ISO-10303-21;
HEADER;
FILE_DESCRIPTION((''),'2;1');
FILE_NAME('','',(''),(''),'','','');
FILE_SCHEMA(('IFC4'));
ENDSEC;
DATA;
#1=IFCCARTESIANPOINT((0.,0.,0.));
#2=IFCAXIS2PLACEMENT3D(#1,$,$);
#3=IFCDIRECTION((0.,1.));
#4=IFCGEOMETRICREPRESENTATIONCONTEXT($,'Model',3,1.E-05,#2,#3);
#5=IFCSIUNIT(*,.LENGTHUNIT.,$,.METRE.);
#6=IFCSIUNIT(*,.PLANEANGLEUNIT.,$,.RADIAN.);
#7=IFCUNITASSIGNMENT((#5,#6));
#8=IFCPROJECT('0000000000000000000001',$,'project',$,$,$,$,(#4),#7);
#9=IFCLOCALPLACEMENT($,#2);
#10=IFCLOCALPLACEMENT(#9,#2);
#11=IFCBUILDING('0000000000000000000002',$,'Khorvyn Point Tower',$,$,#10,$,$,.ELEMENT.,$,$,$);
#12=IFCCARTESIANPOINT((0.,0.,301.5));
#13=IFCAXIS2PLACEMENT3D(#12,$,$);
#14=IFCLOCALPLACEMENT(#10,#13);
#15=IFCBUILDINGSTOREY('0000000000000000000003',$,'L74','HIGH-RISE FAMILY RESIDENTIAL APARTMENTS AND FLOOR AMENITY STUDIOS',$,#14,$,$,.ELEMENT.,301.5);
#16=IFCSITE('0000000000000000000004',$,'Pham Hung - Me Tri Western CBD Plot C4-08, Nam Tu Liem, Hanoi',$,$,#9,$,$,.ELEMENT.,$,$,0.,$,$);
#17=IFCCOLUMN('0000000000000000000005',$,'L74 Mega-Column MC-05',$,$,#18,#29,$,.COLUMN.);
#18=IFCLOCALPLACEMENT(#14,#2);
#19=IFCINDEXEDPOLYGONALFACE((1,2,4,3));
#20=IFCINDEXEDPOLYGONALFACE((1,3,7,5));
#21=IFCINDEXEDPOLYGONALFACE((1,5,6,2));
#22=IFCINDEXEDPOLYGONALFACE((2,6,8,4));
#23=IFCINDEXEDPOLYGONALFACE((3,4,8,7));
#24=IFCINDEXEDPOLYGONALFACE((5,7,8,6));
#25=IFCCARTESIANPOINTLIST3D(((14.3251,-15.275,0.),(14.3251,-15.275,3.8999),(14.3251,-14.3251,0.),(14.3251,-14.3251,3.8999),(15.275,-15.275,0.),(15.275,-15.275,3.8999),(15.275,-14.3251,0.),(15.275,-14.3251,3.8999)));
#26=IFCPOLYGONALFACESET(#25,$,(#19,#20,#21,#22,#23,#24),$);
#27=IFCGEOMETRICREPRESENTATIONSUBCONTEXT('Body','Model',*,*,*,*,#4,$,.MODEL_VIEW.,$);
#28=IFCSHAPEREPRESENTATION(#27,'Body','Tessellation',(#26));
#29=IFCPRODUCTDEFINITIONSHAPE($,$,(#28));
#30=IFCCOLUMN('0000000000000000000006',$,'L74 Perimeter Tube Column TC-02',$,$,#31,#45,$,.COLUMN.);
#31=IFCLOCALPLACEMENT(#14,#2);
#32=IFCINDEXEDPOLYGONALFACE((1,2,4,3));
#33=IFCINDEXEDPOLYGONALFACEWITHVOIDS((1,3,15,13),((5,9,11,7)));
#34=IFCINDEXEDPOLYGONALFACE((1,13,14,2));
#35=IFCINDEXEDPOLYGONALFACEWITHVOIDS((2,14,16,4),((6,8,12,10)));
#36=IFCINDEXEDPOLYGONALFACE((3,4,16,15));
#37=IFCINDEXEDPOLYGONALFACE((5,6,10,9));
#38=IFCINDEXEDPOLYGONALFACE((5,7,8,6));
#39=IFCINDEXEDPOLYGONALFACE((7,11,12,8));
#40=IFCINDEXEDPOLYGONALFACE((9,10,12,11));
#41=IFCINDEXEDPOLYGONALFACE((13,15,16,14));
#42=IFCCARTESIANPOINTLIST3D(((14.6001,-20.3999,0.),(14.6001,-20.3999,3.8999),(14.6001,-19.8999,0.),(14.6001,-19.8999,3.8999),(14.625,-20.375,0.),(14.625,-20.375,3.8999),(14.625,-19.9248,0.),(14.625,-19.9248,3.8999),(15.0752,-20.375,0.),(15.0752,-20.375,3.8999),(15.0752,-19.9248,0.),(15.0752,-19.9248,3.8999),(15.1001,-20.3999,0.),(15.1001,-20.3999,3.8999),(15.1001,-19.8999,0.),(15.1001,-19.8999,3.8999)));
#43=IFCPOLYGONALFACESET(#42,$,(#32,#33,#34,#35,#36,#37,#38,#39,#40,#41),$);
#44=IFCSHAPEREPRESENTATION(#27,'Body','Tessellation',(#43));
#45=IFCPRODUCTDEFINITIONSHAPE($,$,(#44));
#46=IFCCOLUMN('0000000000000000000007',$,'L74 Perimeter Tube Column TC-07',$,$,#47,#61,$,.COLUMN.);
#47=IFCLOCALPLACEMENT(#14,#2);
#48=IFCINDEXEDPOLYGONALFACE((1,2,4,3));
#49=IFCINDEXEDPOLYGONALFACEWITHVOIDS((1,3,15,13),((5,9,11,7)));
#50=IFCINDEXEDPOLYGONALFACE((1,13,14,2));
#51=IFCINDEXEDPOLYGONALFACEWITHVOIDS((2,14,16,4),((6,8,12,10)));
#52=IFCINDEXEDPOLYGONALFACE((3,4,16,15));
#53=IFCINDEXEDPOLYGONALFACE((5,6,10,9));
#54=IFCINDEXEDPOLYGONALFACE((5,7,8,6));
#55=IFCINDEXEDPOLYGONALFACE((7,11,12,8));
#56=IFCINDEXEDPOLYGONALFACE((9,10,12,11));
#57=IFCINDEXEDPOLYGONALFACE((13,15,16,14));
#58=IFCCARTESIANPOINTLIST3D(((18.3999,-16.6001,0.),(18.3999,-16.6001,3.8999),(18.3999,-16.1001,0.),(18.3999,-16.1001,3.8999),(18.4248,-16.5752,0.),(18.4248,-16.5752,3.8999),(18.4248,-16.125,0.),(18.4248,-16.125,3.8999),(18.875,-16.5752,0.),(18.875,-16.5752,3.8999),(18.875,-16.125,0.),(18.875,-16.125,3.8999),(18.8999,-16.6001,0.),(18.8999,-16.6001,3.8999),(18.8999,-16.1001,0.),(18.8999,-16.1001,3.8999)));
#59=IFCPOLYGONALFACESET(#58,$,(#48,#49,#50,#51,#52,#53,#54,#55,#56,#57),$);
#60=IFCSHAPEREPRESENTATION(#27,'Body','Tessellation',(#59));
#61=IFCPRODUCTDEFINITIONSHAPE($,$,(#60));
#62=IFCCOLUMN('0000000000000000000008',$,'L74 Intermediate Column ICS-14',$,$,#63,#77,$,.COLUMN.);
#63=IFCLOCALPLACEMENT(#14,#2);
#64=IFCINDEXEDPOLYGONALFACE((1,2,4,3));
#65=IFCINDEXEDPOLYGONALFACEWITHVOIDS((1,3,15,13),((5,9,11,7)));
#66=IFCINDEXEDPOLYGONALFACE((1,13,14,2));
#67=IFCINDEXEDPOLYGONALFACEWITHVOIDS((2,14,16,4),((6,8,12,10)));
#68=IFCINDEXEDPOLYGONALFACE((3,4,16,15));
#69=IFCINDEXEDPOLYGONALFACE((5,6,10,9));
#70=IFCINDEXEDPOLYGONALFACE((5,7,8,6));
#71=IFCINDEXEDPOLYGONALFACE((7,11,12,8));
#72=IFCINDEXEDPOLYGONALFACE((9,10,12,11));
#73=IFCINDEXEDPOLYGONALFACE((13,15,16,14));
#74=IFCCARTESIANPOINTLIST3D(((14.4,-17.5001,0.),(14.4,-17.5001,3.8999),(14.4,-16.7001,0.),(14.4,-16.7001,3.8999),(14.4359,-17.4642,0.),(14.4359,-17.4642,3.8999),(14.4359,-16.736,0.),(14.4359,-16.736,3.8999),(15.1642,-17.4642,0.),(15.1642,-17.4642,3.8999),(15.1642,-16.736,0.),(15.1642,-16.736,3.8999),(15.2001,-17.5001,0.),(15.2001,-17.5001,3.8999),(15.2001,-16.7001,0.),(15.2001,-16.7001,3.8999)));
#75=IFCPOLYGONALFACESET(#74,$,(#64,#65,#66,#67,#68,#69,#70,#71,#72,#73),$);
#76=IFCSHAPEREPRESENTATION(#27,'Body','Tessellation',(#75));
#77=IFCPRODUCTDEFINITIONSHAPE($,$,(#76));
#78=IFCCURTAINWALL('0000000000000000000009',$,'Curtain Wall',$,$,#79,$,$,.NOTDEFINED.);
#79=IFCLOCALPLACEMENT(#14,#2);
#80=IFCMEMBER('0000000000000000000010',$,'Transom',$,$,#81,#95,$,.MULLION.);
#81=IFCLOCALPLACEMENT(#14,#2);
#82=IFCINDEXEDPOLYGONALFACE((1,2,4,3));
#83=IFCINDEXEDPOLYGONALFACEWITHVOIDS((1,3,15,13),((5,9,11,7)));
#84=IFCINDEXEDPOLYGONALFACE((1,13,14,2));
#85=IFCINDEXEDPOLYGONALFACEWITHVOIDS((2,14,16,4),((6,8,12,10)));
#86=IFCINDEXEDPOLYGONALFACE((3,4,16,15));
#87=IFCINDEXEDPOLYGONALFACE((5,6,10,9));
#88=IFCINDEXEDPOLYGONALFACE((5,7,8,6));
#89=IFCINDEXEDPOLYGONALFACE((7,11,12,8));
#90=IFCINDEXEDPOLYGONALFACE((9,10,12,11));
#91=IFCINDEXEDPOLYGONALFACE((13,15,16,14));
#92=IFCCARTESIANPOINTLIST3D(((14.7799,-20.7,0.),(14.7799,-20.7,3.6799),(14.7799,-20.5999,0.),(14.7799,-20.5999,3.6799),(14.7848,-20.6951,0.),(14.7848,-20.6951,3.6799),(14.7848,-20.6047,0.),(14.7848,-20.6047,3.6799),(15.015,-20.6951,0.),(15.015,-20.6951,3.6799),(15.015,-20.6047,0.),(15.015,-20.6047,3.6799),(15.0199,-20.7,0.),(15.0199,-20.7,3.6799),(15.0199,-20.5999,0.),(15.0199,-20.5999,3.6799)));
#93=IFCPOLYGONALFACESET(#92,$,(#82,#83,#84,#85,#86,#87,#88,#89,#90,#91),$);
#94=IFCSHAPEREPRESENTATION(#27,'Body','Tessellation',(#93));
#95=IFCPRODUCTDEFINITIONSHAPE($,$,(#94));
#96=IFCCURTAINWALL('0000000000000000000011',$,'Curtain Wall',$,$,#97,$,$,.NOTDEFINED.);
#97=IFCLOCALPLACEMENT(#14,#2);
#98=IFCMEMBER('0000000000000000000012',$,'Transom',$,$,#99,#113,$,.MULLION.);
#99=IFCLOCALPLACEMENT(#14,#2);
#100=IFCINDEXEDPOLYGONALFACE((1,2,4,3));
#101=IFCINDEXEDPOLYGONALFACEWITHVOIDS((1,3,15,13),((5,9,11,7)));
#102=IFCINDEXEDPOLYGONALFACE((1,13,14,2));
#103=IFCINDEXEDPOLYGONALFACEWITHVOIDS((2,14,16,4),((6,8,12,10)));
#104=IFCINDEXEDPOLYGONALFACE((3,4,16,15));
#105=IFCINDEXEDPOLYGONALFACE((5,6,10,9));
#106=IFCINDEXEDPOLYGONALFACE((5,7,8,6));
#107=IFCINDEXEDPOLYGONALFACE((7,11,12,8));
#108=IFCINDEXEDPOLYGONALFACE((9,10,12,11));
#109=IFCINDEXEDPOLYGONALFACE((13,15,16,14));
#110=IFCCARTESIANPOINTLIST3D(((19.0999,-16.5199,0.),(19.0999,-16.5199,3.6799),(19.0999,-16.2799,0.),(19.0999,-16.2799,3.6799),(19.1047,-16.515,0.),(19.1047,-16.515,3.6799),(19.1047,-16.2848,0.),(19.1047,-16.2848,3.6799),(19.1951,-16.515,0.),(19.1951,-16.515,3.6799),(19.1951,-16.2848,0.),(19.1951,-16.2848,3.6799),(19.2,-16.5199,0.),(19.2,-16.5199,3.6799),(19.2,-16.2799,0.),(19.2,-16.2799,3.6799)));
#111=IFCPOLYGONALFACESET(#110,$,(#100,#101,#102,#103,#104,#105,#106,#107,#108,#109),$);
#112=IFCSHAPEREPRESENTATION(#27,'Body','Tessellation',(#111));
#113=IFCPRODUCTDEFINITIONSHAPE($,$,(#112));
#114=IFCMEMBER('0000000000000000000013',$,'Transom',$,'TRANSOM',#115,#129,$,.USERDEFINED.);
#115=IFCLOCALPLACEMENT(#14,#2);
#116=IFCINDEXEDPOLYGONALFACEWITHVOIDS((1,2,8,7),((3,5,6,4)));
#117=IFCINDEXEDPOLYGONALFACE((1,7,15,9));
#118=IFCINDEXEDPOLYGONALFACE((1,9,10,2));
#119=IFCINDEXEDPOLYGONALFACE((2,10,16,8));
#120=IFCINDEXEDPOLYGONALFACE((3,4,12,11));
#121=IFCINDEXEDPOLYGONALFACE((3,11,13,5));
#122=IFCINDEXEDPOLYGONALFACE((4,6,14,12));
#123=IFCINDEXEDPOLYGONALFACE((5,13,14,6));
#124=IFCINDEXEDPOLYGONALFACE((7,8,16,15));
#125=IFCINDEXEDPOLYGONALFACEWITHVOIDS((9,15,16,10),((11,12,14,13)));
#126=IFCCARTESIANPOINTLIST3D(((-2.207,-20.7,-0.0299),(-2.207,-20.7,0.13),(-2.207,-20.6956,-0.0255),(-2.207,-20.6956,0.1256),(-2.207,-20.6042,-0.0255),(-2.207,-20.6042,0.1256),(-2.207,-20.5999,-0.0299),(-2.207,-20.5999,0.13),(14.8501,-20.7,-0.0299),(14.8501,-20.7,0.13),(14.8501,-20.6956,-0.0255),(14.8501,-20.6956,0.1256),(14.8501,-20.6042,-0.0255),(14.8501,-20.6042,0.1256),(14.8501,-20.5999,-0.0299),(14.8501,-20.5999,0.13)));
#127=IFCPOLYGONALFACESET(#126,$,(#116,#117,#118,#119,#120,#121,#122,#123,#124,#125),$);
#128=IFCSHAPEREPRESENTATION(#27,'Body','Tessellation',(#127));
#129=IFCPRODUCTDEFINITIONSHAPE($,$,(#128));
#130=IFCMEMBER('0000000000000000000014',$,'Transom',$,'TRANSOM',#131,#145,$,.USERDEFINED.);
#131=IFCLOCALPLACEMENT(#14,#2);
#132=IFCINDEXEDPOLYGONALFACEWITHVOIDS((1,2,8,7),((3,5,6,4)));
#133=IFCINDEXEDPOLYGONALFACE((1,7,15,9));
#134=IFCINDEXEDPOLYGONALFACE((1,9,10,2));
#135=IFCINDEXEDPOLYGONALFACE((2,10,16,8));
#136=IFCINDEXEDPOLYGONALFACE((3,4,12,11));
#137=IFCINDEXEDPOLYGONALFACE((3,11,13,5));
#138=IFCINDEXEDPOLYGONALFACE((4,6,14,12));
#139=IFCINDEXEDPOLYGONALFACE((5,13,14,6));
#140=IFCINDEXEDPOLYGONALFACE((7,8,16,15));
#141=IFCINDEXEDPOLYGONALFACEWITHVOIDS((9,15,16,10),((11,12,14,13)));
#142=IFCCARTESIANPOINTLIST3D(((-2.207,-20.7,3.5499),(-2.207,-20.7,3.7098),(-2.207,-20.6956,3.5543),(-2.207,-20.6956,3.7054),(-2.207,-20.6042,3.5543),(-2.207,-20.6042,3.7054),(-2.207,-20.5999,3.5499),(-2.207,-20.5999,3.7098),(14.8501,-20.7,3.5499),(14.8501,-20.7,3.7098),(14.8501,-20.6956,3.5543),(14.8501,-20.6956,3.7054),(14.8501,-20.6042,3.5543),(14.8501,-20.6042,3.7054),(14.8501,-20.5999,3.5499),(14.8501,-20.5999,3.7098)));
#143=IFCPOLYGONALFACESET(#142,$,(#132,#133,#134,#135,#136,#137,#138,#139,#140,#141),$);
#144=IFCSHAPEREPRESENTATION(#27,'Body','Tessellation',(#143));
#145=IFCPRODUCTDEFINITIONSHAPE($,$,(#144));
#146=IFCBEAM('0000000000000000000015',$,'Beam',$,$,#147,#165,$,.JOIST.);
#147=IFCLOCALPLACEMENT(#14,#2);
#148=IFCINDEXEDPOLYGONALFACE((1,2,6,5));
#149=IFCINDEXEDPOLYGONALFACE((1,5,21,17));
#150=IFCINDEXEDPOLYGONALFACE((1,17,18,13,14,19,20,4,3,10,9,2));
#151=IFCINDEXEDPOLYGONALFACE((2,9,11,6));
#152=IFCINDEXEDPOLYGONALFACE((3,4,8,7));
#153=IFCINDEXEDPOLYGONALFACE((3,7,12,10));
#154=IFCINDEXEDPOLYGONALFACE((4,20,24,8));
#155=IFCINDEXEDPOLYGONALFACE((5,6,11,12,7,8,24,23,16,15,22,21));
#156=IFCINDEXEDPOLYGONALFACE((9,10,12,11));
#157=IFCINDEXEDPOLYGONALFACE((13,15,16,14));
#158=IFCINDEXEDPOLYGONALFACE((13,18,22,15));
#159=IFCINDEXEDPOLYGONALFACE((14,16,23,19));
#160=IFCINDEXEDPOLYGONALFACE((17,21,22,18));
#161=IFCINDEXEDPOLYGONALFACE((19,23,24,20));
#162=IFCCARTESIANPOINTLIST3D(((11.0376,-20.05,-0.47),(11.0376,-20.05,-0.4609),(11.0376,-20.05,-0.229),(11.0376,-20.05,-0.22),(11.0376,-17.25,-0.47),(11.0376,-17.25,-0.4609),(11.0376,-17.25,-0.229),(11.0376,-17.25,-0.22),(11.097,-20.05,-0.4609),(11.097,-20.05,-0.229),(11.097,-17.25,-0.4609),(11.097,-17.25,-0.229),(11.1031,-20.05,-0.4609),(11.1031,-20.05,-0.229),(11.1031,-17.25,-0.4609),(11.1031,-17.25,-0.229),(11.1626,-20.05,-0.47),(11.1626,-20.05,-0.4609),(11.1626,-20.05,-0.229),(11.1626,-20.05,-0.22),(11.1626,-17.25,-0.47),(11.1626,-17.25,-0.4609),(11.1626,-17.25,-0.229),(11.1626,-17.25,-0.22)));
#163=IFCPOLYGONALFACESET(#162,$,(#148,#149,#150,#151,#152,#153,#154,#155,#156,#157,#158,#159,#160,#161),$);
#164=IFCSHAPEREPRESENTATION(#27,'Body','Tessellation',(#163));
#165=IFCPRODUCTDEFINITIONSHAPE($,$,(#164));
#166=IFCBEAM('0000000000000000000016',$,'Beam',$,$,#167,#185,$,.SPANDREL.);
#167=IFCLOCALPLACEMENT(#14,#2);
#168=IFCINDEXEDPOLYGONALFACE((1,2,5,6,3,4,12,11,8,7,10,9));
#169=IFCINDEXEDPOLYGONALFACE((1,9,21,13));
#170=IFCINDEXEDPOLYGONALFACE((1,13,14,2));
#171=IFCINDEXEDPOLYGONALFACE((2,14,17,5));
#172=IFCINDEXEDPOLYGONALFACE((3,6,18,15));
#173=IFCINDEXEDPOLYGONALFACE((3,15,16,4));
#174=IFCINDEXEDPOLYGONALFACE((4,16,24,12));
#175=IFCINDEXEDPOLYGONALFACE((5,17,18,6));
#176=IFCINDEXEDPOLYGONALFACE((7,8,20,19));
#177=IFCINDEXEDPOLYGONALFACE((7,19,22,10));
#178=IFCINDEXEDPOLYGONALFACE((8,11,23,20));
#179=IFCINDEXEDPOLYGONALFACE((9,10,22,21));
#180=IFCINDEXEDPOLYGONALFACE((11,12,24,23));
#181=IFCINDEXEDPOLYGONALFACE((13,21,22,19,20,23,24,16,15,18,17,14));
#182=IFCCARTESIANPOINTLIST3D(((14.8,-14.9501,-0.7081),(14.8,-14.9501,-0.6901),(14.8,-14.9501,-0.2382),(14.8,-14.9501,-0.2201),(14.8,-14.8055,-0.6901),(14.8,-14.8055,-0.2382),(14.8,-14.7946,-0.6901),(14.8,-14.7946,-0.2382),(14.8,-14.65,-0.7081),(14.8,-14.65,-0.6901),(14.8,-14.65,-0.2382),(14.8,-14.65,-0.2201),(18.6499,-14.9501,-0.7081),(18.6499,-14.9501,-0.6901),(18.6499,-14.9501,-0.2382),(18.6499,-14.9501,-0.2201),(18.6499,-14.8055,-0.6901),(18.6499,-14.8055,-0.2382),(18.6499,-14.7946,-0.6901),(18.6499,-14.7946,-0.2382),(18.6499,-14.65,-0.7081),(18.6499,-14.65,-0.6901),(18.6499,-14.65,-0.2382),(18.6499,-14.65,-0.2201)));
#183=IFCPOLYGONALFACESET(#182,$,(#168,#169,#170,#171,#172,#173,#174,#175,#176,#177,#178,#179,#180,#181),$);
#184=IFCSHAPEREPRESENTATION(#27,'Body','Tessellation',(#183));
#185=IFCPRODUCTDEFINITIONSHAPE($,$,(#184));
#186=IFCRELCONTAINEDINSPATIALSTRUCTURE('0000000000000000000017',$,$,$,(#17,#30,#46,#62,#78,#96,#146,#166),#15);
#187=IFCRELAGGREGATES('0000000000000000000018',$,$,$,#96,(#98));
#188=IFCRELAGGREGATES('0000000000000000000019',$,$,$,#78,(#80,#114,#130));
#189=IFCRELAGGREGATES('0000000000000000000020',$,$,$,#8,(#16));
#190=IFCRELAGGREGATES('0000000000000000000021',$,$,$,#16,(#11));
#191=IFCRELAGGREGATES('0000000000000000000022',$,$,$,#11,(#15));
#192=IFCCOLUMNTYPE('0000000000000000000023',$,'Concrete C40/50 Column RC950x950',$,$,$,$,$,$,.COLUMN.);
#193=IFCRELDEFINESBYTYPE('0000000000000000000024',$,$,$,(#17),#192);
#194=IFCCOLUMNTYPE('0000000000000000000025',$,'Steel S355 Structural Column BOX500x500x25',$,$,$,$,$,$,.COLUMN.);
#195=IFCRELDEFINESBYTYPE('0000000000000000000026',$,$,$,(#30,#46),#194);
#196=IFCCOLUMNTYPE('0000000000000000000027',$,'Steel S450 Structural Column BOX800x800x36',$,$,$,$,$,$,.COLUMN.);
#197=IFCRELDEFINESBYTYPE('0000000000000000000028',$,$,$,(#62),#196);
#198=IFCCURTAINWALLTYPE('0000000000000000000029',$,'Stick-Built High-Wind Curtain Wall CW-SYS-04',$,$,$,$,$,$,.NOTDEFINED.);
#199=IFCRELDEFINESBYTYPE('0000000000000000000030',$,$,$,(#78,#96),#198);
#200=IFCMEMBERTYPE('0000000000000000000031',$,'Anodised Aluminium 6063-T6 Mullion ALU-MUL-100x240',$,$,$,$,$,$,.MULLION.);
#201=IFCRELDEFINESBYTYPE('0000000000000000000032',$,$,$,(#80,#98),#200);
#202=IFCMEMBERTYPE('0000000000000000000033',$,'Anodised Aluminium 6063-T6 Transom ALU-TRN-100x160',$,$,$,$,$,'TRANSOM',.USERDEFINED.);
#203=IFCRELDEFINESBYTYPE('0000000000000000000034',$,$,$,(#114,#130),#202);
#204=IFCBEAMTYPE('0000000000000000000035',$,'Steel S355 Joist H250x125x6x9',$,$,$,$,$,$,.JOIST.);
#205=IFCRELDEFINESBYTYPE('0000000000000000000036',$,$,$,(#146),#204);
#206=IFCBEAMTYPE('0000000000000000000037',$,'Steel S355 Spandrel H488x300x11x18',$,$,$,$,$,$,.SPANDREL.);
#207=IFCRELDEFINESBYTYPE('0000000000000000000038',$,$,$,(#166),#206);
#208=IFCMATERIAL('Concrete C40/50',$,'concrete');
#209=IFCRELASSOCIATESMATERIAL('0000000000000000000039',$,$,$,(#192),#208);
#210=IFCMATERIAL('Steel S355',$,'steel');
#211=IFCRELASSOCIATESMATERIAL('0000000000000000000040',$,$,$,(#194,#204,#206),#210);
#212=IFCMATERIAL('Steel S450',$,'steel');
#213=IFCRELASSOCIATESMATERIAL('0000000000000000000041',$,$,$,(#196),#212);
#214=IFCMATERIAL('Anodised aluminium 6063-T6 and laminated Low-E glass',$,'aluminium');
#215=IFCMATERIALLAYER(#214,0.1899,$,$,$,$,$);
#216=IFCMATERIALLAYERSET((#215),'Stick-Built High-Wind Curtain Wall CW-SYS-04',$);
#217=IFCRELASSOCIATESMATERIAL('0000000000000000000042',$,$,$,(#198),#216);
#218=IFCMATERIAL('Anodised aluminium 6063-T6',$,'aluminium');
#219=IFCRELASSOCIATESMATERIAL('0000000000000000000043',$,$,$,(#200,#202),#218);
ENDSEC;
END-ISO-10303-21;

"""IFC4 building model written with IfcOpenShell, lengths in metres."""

from ifc_helpers import new_model, si_unit, direction, frame, origin, origin_2d, place, context, subcontext, project, spatial, rectangle, hollow_rectangle, i_section, extrude, material, layer, layer_set, material_profile, profile_set, type_object, element, aggregate, save


model = new_model("IFC4")

# Units and contexts
model_context = context("Model", 3, precision=1e-05, world=origin(), true_north=direction((0.0, 1.0)))
body_context = subcontext(model_context, "Body", "Model", "MODEL_VIEW")
ifc_project = project(units=[si_unit("LENGTHUNIT", "METRE"), si_unit("PLANEANGLEUNIT", "RADIAN")], contexts=[model_context])

# Site, building, storey
site_placement = place(None, origin())
site = spatial("IfcSite", under=ifc_project, at=site_placement, Name="Pham Hung - Me Tri Western CBD Plot C4-08, Nam Tu Liem, Hanoi", CompositionType="ELEMENT", RefElevation=0.0)
building_placement = place(site_placement, origin())
building = spatial("IfcBuilding", under=site, at=building_placement, Name="Khorvyn Point Tower", CompositionType="ELEMENT")
storey_placement = place(building_placement, frame((0.0, 0.0, 301.5)))
storey = spatial("IfcBuildingStorey", under=building, at=storey_placement, Name="L74", Description="HIGH-RISE FAMILY RESIDENTIAL APARTMENTS AND FLOOR AMENITY STUDIOS", CompositionType="ELEMENT", Elevation=301.5)

# Columns
ifc_material_1 = material(Name="Concrete C40/50", Category="concrete")
ifc_material_profile_1 = material_profile(ifc_material_1, rectangle(XDim=0.95, YDim=0.95, at=origin_2d()))
ifc_profile_set_1 = profile_set([ifc_material_profile_1], Name="Concrete C40/50 RC950x950")
column_type_1 = type_object("IfcColumnType", Name="Concrete C40/50 Column RC950x950", PredefinedType="COLUMN", material=ifc_profile_set_1)
column_1_placement = place(storey_placement, frame((14.8, -14.8, 0.0), z_axis=(0.0, 0.0, 1.0), x_axis=(1.0, 0.0, 0.0)))
element("IfcColumn", 1, at=column_1_placement, inside=storey, type_object=column_type_1, Name="L74 Mega-Column MC-05", PredefinedType="COLUMN", context=body_context, shape_type="SweptSolid", body=[
    extrude(rectangle(XDim=0.95, YDim=0.95, at=origin_2d()), origin(), (0.0, 0.0, 1.0), 3.8999),
])
ifc_material_2 = material(Name="Steel S355", Category="steel")
ifc_material_profile_2 = material_profile(ifc_material_2, hollow_rectangle(XDim=0.5, YDim=0.5, WallThickness=0.0249, at=origin_2d()))
ifc_profile_set_2 = profile_set([ifc_material_profile_2], Name="Steel S355 BOX500x500x25")
column_type_2 = type_object("IfcColumnType", Name="Steel S355 Structural Column BOX500x500x25", PredefinedType="COLUMN", material=ifc_profile_set_2)
for number, where, z_axis, x_axis, name in (
    (2, (14.8501, -20.1499, 0.0), (0.0, 0.0, 1.0), (1.0, 0.0, 0.0), "L74 Perimeter Tube Column TC-02"),
    (3, (18.6499, -16.3501, 0.0), (0.0, 0.0, 1.0), (1.0, 0.0, 0.0), "L74 Perimeter Tube Column TC-07"),
):
    element("IfcColumn", number, at=place(storey_placement, frame(where, z_axis=z_axis, x_axis=x_axis)), inside=storey, type_object=column_type_2, Name=name, PredefinedType="COLUMN", context=body_context, shape_type="SweptSolid", body=[
        extrude(hollow_rectangle(XDim=0.5, YDim=0.5, WallThickness=0.0249, at=origin_2d()), origin(), (0.0, 0.0, 1.0), 3.8999),
    ])
ifc_material_3 = material(Name="Steel S450", Category="steel")
ifc_material_profile_3 = material_profile(ifc_material_3, hollow_rectangle(XDim=0.8, YDim=0.8, WallThickness=0.0359, at=origin_2d()))
ifc_profile_set_3 = profile_set([ifc_material_profile_3], Name="Steel S450 BOX800x800x36")
column_type_3 = type_object("IfcColumnType", Name="Steel S450 Structural Column BOX800x800x36", PredefinedType="COLUMN", material=ifc_profile_set_3)
column_2_placement = place(storey_placement, frame((14.8, -17.1001, 0.0), z_axis=(0.0, 0.0, 1.0), x_axis=(1.0, 0.0, 0.0)))
element("IfcColumn", 4, at=column_2_placement, inside=storey, type_object=column_type_3, Name="L74 Intermediate Column ICS-14", PredefinedType="COLUMN", context=body_context, shape_type="SweptSolid", body=[
    extrude(hollow_rectangle(XDim=0.8, YDim=0.8, WallThickness=0.0359, at=origin_2d()), origin(), (0.0, 0.0, 1.0), 3.8999),
])

# Curtain walls, members
ifc_material_4 = material(Name="Anodised aluminium 6063-T6 and laminated Low-E glass", Category="aluminium")
ifc_layer_1 = layer(ifc_material_4, 0.1899)
ifc_layer_set_1 = layer_set([ifc_layer_1], Name="Stick-Built High-Wind Curtain Wall CW-SYS-04")
curtain_wall_type = type_object("IfcCurtainWallType", Name="Stick-Built High-Wind Curtain Wall CW-SYS-04", PredefinedType="NOTDEFINED", material=ifc_layer_set_1)
curtain_wall_1_placement = place(storey_placement, origin())
curtain_wall_1 = element("IfcCurtainWall", 5, at=curtain_wall_1_placement, inside=storey, type_object=curtain_wall_type, Name="Curtain Wall", PredefinedType="NOTDEFINED")
ifc_material_5 = material(Name="Anodised aluminium 6063-T6", Category="aluminium")
ifc_material_profile_4 = material_profile(ifc_material_5, hollow_rectangle(XDim=0.1001, YDim=0.24, WallThickness=0.0049, at=origin_2d()))
ifc_profile_set_4 = profile_set([ifc_material_profile_4], Name="Anodised aluminium 6063-T6 ALU-MUL-100x240")
member_type_1 = type_object("IfcMemberType", Name="Anodised Aluminium 6063-T6 Mullion ALU-MUL-100x240", PredefinedType="MULLION", material=ifc_profile_set_4)
member_1_placement = place(storey_placement, frame((14.8999, -20.6499, 0.0), z_axis=(0.0, 0.0, 1.0), x_axis=(0.0, -1.0, 0.0)))
member_1 = element("IfcMember", 6, at=member_1_placement, type_object=member_type_1, Name="Transom", PredefinedType="MULLION", context=body_context, shape_type="SweptSolid", body=[
    extrude(hollow_rectangle(XDim=0.1001, YDim=0.24, WallThickness=0.0049, at=origin_2d()), origin(), (0.0, 0.0, 1.0), 3.6799),
])
curtain_wall_2_placement = place(storey_placement, origin())
curtain_wall_2 = element("IfcCurtainWall", 7, at=curtain_wall_2_placement, inside=storey, type_object=curtain_wall_type, Name="Curtain Wall", PredefinedType="NOTDEFINED")
member_2_placement = place(storey_placement, frame((19.1499, -16.3999, 0.0), z_axis=(0.0, 0.0, 1.0), x_axis=(1.0, 0.0, 0.0)))
member_2 = element("IfcMember", 8, at=member_2_placement, type_object=member_type_1, Name="Transom", PredefinedType="MULLION", context=body_context, shape_type="SweptSolid", body=[
    extrude(hollow_rectangle(XDim=0.1001, YDim=0.24, WallThickness=0.0049, at=origin_2d()), origin(), (0.0, 0.0, 1.0), 3.6799),
])
aggregate(curtain_wall_2, [member_2])

# Members
ifc_material_profile_5 = material_profile(ifc_material_5, hollow_rectangle(XDim=0.1001, YDim=0.1599, WallThickness=0.0044, at=origin_2d()))
ifc_profile_set_5 = profile_set([ifc_material_profile_5], Name="Anodised aluminium 6063-T6 ALU-TRN-100x160")
member_type_2 = type_object("IfcMemberType", Name="Anodised Aluminium 6063-T6 Transom ALU-TRN-100x160", ElementType="TRANSOM", PredefinedType="USERDEFINED", material=ifc_profile_set_5)
member_3_placement = place(storey_placement, frame((14.8501, -20.6499, 0.05), z_axis=(-1.0, 0.0, 0.0), x_axis=(0.0, -1.0, 0.0)))
member_3 = element("IfcMember", 9, at=member_3_placement, type_object=member_type_2, Name="Transom", ObjectType="TRANSOM", PredefinedType="USERDEFINED", context=body_context, shape_type="SweptSolid", body=[
    extrude(hollow_rectangle(XDim=0.1001, YDim=0.1599, WallThickness=0.0044, at=origin_2d()), origin(), (0.0, 0.0, 1.0), 17.0571),
])
member_4_placement = place(storey_placement, frame((14.8501, -20.6499, 3.6299), z_axis=(-1.0, 0.0, 0.0), x_axis=(0.0, -1.0, 0.0)))
member_4 = element("IfcMember", 10, at=member_4_placement, type_object=member_type_2, Name="Transom", ObjectType="TRANSOM", PredefinedType="USERDEFINED", context=body_context, shape_type="SweptSolid", body=[
    extrude(hollow_rectangle(XDim=0.1001, YDim=0.1599, WallThickness=0.0044, at=origin_2d()), origin(), (0.0, 0.0, 1.0), 17.0571),
])

# Beams
ifc_material_profile_6 = material_profile(ifc_material_2, i_section(OverallWidth=0.125, OverallDepth=0.25, WebThickness=0.0061, FlangeThickness=0.009, at=origin_2d()))
ifc_profile_set_6 = profile_set([ifc_material_profile_6], Name="Steel S355 H250x125x6x9")
beam_type_1 = type_object("IfcBeamType", Name="Steel S355 Joist H250x125x6x9", PredefinedType="JOIST", material=ifc_profile_set_6)
beam_1_placement = place(storey_placement, frame((11.1001, -20.05, -0.345), z_axis=(0.0, 1.0, 0.0), x_axis=(-1.0, 0.0, 0.0)))
element("IfcBeam", 11, at=beam_1_placement, inside=storey, type_object=beam_type_1, Name="Beam", PredefinedType="JOIST", context=body_context, shape_type="SweptSolid", body=[
    extrude(i_section(OverallWidth=0.125, OverallDepth=0.25, WebThickness=0.0061, FlangeThickness=0.009, at=origin_2d()), origin(), (0.0, 0.0, 1.0), 2.8),
])
ifc_material_profile_7 = material_profile(ifc_material_2, i_section(OverallWidth=0.3, OverallDepth=0.488, WebThickness=0.011, FlangeThickness=0.0181, at=origin_2d()))
ifc_profile_set_7 = profile_set([ifc_material_profile_7], Name="Steel S355 H488x300x11x18")
beam_type_2 = type_object("IfcBeamType", Name="Steel S355 Spandrel H488x300x11x18", PredefinedType="SPANDREL", material=ifc_profile_set_7)
beam_2_placement = place(storey_placement, frame((14.8, -14.8, -0.4641), z_axis=(1.0, 0.0, 0.0), x_axis=(0.0, 1.0, 0.0)))
element("IfcBeam", 12, at=beam_2_placement, inside=storey, type_object=beam_type_2, Name="Beam", PredefinedType="SPANDREL", context=body_context, shape_type="SweptSolid", body=[
    extrude(i_section(OverallWidth=0.3, OverallDepth=0.488, WebThickness=0.011, FlangeThickness=0.0181, at=origin_2d()), origin(), (0.0, 0.0, 1.0), 3.8499),
])

aggregate(curtain_wall_1, [member_1, member_3, member_4])

save(model, "model.ifc")
